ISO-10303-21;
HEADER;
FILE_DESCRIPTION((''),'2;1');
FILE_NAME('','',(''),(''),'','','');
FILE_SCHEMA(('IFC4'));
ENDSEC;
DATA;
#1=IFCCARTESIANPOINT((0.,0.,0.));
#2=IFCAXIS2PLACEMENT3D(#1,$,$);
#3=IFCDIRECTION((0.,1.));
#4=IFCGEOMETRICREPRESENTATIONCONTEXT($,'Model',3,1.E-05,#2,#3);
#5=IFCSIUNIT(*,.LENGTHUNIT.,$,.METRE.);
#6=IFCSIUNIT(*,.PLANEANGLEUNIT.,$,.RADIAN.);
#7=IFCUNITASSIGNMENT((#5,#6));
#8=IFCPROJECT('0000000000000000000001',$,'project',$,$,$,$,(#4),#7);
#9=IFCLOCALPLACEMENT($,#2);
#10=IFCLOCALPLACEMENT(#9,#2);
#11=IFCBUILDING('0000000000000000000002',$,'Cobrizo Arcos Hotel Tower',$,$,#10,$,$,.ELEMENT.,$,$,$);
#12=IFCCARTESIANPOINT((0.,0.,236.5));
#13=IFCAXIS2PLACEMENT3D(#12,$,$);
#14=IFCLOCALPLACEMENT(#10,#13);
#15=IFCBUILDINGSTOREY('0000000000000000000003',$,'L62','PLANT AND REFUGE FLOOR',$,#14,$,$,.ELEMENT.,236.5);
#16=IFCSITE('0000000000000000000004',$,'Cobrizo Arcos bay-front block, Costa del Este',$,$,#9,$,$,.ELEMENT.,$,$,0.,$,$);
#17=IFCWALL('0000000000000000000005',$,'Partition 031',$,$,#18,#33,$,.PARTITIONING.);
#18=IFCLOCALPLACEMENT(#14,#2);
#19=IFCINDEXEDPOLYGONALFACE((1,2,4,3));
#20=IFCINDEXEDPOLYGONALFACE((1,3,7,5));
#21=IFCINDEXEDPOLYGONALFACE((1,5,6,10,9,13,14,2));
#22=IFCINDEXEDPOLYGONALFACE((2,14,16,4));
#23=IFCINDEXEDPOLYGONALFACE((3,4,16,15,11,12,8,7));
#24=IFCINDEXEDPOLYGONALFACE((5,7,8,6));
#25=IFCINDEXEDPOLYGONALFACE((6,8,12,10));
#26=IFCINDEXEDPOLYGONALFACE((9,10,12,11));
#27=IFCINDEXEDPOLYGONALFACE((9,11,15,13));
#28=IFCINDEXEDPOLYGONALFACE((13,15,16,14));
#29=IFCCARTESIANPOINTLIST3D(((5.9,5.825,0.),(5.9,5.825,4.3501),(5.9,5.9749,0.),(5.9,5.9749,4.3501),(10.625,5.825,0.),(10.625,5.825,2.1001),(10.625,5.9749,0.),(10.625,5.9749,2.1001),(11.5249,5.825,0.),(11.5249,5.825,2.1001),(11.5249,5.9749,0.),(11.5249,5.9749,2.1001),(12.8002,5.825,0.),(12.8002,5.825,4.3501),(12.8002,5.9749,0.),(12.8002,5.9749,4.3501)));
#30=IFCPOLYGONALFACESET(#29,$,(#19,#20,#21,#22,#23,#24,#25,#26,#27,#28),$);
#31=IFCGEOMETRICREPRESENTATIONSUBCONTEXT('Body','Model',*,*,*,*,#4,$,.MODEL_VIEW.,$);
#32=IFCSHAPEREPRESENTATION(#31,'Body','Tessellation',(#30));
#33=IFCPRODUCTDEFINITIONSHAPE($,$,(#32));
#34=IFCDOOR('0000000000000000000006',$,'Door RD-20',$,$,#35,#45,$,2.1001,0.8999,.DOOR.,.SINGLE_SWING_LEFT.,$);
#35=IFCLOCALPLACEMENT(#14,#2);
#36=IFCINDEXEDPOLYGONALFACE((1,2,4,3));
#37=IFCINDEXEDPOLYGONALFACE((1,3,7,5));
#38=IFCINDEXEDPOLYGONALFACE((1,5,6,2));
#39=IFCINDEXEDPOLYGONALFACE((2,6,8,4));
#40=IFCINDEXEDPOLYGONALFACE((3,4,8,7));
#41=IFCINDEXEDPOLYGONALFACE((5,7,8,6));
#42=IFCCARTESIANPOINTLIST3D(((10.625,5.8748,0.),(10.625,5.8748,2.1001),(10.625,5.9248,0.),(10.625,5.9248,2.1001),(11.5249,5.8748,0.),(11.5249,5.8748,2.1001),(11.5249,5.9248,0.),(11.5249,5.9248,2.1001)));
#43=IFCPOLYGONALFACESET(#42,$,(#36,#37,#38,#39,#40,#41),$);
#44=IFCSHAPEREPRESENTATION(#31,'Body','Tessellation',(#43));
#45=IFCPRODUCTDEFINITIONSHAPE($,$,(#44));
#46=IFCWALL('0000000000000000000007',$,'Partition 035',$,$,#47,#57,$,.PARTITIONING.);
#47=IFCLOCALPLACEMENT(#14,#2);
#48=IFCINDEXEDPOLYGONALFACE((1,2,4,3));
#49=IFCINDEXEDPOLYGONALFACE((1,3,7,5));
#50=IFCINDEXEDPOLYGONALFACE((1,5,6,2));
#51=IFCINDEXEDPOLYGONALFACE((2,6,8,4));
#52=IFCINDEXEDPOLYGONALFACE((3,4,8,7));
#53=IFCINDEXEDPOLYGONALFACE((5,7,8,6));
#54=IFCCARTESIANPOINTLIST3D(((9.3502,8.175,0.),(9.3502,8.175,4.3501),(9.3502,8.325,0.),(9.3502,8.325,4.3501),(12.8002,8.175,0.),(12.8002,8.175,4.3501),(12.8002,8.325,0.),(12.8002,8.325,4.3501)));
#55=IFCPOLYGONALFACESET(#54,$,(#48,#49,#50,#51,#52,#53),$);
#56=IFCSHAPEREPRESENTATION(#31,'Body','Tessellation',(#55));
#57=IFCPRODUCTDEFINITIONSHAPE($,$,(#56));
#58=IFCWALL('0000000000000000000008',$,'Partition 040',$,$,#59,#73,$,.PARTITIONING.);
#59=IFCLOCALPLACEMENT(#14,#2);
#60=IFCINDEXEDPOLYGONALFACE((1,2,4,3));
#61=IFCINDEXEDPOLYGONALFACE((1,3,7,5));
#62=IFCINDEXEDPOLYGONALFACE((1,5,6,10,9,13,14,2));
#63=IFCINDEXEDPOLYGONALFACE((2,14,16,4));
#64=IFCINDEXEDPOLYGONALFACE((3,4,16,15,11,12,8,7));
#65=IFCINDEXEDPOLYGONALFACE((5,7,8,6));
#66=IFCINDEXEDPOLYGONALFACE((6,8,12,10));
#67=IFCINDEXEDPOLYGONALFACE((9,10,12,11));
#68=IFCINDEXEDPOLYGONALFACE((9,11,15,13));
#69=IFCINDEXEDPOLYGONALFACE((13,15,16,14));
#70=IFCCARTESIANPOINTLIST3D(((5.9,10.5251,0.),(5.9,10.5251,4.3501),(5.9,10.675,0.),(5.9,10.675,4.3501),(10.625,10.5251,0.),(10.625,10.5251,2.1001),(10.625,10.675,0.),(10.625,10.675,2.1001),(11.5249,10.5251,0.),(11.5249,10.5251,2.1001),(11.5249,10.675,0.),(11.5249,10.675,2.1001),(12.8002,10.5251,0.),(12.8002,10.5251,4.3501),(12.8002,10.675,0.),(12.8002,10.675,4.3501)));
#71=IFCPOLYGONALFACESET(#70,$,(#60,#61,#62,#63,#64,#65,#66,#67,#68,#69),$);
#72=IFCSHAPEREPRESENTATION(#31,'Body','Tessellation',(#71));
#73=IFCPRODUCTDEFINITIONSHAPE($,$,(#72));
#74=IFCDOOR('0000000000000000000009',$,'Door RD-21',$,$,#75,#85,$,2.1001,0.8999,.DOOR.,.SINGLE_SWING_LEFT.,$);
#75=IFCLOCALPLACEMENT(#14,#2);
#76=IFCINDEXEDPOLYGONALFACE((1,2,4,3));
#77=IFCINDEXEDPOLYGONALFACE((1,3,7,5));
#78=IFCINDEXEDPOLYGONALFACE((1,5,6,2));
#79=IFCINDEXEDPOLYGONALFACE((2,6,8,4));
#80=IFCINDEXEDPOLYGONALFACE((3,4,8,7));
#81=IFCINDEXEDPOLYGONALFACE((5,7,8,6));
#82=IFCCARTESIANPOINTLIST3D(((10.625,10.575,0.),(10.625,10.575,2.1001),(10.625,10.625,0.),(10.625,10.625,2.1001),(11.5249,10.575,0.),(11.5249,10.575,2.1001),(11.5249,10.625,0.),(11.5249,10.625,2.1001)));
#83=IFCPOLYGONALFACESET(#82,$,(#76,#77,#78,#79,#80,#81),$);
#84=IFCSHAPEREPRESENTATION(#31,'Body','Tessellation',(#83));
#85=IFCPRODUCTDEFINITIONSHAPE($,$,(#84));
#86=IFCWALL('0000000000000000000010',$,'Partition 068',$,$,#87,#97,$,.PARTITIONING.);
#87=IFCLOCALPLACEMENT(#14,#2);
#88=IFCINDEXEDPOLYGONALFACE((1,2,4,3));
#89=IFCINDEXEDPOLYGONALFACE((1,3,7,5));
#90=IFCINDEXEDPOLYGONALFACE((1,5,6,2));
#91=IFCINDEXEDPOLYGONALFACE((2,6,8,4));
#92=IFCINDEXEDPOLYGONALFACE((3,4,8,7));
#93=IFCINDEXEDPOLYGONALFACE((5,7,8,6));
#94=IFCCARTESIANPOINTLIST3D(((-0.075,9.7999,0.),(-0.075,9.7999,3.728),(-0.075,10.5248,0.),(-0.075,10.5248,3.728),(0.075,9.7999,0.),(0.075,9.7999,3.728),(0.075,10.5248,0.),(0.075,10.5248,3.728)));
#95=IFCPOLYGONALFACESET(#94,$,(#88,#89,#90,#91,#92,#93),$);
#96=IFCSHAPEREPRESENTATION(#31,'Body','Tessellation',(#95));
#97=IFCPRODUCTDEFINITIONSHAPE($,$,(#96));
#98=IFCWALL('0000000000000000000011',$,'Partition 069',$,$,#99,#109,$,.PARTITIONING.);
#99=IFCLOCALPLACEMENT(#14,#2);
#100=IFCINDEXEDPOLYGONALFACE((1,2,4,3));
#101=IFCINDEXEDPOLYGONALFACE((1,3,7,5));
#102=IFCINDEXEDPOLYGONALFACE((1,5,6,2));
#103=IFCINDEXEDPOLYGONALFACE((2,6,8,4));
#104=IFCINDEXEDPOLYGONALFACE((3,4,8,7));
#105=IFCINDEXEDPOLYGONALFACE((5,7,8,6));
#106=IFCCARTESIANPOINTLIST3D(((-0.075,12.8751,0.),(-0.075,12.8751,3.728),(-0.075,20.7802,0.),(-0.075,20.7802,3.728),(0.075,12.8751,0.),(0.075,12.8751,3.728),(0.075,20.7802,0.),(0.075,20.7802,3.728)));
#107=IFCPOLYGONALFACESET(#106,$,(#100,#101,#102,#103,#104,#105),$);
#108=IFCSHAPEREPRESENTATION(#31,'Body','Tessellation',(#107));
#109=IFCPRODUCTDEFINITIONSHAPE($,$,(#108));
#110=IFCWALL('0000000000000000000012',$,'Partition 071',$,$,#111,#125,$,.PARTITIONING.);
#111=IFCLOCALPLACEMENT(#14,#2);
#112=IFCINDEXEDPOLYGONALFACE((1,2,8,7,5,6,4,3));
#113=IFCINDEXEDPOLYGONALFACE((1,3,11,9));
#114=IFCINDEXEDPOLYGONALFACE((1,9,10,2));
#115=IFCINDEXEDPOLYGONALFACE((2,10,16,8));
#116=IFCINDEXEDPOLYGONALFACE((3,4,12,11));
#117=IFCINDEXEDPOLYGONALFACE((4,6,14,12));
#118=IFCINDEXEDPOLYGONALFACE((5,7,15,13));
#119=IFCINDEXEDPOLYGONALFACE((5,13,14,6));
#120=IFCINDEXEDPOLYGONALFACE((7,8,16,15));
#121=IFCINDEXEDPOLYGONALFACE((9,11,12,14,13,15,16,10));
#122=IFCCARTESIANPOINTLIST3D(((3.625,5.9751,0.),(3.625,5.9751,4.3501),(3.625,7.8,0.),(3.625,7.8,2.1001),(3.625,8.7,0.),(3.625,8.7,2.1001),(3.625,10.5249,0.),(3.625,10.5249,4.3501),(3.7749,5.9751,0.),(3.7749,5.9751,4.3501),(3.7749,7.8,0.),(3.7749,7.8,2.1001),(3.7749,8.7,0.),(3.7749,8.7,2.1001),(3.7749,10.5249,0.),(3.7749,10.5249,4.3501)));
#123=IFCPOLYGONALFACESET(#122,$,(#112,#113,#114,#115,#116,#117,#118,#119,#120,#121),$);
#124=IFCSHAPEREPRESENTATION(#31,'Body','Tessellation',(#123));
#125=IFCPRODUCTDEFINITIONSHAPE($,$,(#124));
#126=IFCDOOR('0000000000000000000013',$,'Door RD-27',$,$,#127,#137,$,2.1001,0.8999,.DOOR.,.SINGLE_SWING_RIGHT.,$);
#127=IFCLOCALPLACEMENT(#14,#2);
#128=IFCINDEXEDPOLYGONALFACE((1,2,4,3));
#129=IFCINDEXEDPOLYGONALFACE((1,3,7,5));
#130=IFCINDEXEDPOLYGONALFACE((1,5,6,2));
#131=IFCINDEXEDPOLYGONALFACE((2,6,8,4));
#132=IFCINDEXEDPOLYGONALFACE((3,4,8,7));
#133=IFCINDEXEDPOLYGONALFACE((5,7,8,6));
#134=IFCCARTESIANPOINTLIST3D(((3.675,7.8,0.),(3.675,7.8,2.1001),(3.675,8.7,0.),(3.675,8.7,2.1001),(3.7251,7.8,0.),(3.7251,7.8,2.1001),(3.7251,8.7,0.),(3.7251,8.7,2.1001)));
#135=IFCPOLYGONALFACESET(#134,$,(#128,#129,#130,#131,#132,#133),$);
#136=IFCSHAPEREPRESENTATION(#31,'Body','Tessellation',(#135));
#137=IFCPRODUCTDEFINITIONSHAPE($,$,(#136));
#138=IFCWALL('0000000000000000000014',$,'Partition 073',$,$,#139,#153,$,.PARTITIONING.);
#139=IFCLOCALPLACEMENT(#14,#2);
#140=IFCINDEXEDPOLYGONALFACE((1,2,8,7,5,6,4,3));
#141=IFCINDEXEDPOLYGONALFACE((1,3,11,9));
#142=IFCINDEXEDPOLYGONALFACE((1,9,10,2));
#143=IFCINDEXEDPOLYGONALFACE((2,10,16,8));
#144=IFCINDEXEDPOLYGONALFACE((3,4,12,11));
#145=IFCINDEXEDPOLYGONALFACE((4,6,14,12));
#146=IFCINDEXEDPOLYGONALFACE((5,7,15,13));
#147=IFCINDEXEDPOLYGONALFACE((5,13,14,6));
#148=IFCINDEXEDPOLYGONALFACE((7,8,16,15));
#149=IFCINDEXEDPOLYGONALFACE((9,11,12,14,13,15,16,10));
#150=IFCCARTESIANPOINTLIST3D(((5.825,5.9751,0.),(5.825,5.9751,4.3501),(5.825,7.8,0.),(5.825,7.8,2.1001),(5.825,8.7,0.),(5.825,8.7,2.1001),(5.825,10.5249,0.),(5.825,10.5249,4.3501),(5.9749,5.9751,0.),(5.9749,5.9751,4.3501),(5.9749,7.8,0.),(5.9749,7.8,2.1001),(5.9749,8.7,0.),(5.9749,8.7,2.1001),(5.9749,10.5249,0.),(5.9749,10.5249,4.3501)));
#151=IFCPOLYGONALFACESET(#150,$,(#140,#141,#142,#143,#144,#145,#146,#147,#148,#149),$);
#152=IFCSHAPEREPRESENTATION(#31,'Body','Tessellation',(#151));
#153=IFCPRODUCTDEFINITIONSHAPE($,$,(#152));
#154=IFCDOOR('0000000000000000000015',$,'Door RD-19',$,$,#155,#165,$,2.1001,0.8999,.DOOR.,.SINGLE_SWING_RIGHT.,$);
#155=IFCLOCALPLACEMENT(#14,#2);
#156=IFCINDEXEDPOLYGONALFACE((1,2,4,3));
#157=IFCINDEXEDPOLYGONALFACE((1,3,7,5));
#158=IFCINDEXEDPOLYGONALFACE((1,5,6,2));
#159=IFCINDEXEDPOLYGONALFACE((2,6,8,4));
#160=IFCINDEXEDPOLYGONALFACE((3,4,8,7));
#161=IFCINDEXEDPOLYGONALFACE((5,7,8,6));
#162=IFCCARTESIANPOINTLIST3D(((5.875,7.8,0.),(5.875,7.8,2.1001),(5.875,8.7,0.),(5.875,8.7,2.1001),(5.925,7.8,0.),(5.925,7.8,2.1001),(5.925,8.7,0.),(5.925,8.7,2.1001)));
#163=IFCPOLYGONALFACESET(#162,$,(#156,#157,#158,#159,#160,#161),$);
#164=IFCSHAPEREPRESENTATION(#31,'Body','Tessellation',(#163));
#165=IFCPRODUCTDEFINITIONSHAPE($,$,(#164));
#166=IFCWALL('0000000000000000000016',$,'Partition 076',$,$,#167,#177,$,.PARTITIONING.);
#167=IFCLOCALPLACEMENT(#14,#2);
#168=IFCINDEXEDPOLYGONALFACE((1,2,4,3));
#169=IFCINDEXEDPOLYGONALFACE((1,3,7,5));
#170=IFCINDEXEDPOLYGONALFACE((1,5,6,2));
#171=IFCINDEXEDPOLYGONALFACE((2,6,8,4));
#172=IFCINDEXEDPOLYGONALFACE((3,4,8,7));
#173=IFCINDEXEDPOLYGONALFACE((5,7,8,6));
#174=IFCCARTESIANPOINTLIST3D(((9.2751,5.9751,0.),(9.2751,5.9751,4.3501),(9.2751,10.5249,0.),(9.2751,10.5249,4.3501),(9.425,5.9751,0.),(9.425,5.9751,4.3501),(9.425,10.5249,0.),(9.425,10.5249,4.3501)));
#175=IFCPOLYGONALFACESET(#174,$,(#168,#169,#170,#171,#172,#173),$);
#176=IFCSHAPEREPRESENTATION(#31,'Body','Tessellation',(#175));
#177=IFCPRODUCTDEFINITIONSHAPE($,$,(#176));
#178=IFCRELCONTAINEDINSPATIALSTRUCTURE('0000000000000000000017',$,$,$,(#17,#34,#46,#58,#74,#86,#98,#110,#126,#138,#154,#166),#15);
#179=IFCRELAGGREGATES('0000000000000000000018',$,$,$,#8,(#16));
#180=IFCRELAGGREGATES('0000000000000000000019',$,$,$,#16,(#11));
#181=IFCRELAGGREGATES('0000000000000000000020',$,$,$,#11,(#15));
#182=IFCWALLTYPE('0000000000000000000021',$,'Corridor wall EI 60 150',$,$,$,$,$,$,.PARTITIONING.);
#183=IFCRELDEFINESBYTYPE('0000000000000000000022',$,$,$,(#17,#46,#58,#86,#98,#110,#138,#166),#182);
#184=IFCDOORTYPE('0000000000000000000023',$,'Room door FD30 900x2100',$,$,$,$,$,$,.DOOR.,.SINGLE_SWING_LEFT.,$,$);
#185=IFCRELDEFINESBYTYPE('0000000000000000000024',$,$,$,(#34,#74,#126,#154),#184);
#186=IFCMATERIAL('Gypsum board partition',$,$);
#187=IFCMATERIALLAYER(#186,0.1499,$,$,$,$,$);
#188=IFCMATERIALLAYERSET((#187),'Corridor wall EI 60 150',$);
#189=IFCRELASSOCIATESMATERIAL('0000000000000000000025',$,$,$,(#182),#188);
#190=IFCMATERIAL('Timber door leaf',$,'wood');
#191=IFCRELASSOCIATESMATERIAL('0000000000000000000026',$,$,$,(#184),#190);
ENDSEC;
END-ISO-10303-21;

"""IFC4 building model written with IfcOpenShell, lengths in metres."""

from ifc_helpers import new_model, si_unit, direction, frame, frame_2d, origin, place, context, subcontext, project, spatial, rectangle, extrude, material, layer, layer_set, type_object, element, fill, save


model = new_model("IFC4")

# Units and contexts
model_context = context("Model", 3, precision=1e-05, world=origin(), true_north=direction((0.0, 1.0)))
body_context = subcontext(model_context, "Body", "Model", "MODEL_VIEW")
ifc_project = project(units=[si_unit("LENGTHUNIT", "METRE"), si_unit("PLANEANGLEUNIT", "RADIAN")], contexts=[model_context])

# Site, building, storey
site_placement = place(None, origin())
site = spatial("IfcSite", under=ifc_project, at=site_placement, Name="Cobrizo Arcos bay-front block, Costa del Este", CompositionType="ELEMENT", RefElevation=0.0)
building_placement = place(site_placement, origin())
building = spatial("IfcBuilding", under=site, at=building_placement, Name="Cobrizo Arcos Hotel Tower", CompositionType="ELEMENT")
storey_placement = place(building_placement, frame((0.0, 0.0, 236.5)))
storey = spatial("IfcBuildingStorey", under=building, at=storey_placement, Name="L62", Description="PLANT AND REFUGE FLOOR", CompositionType="ELEMENT", Elevation=236.5)

# Wall, opening, door
ifc_material_1 = material(Name="Gypsum board partition")
ifc_layer_1 = layer(ifc_material_1, 0.1499)
ifc_layer_set_1 = layer_set([ifc_layer_1], Name="Corridor wall EI 60 150")
wall_type_1 = type_object("IfcWallType", Name="Corridor wall EI 60 150", PredefinedType="PARTITIONING", material=ifc_layer_set_1)
ifc_material_2 = material(Name="Timber door leaf", Category="wood")
door_type_1 = type_object("IfcDoorType", Name="Room door FD30 900x2100", OperationType="SINGLE_SWING_LEFT", PredefinedType="DOOR", material=ifc_material_2)
wall_1_placement = place(storey_placement, frame((5.8999, 5.8999, 0.0), z_axis=(0.0, 0.0, 1.0), x_axis=(1.0, 0.0, 0.0)))
wall_1 = element("IfcWall", 1, at=wall_1_placement, inside=storey, type_object=wall_type_1, Name="Partition 031", PredefinedType="PARTITIONING", context=body_context, shape_type="SweptSolid", body=[
    extrude(rectangle(XDim=6.9001, YDim=0.1499, at=frame_2d((3.4502, 0.0))), origin(), (0.0, 0.0, 1.0), 4.3501),
])
opening_1_placement = place(wall_1_placement, frame((4.7251, 0.0, 0.0)))
opening_1 = element("IfcOpeningElement", 2, at=opening_1_placement, cuts=wall_1, PredefinedType="OPENING", context=body_context, shape_type="SweptSolid", body=[
    extrude(rectangle(XDim=0.8999, YDim=2.1001, at=frame_2d((0.45, 1.05))), frame((0.0, 0.0869, 0.0), z_axis=(0.0, -1.0, 0.0), x_axis=(1.0, 0.0, 0.0)), (0.0, 0.0, 1.0), 0.1738),
])
door_1_placement = place(opening_1_placement, origin())
door_1 = element("IfcDoor", 3, at=door_1_placement, inside=storey, type_object=door_type_1, Name="Door RD-20", OperationType="SINGLE_SWING_LEFT", OverallHeight=2.1001, OverallWidth=0.8999, PredefinedType="DOOR", context=body_context, shape_type="SweptSolid", body=[
    extrude(rectangle(XDim=0.8999, YDim=2.1001, at=frame_2d((0.45, 1.05))), frame((0.0, 0.0249, 0.0), z_axis=(0.0, -1.0, 0.0), x_axis=(1.0, 0.0, 0.0)), (0.0, 0.0, 1.0), 0.05),
])
fill(opening_1, door_1)

# Wall
wall_2_placement = place(storey_placement, frame((9.3501, 8.25, 0.0), z_axis=(0.0, 0.0, 1.0), x_axis=(1.0, 0.0, 0.0)))
element("IfcWall", 4, at=wall_2_placement, inside=storey, type_object=wall_type_1, Name="Partition 035", PredefinedType="PARTITIONING", context=body_context, shape_type="SweptSolid", body=[
    extrude(rectangle(XDim=3.45, YDim=0.1499, at=frame_2d((1.7251, 0.0))), origin(), (0.0, 0.0, 1.0), 4.3501),
])

# Wall, opening, door
wall_3_placement = place(storey_placement, frame((5.8999, 10.6001, 0.0), z_axis=(0.0, 0.0, 1.0), x_axis=(1.0, 0.0, 0.0)))
wall_3 = element("IfcWall", 5, at=wall_3_placement, inside=storey, type_object=wall_type_1, Name="Partition 040", PredefinedType="PARTITIONING", context=body_context, shape_type="SweptSolid", body=[
    extrude(rectangle(XDim=6.9001, YDim=0.1499, at=frame_2d((3.4502, 0.0))), origin(), (0.0, 0.0, 1.0), 4.3501),
])
opening_2_placement = place(wall_3_placement, frame((4.7251, 0.0, 0.0)))
opening_2 = element("IfcOpeningElement", 6, at=opening_2_placement, cuts=wall_3, PredefinedType="OPENING", context=body_context, shape_type="SweptSolid", body=[
    extrude(rectangle(XDim=0.8999, YDim=2.1001, at=frame_2d((0.45, 1.05))), frame((0.0, 0.0869, 0.0), z_axis=(0.0, -1.0, 0.0), x_axis=(1.0, 0.0, 0.0)), (0.0, 0.0, 1.0), 0.1738),
])
door_2_placement = place(opening_2_placement, origin())
door_2 = element("IfcDoor", 7, at=door_2_placement, inside=storey, type_object=door_type_1, Name="Door RD-21", OperationType="SINGLE_SWING_LEFT", OverallHeight=2.1001, OverallWidth=0.8999, PredefinedType="DOOR", context=body_context, shape_type="SweptSolid", body=[
    extrude(rectangle(XDim=0.8999, YDim=2.1001, at=frame_2d((0.45, 1.05))), frame((0.0, 0.0249, 0.0), z_axis=(0.0, -1.0, 0.0), x_axis=(1.0, 0.0, 0.0)), (0.0, 0.0, 1.0), 0.05),
])
fill(opening_2, door_2)

# Walls
wall_4_placement = place(storey_placement, frame((0.0, 9.8, 0.0), z_axis=(0.0, 0.0, 1.0), x_axis=(0.0, 1.0, 0.0)))
element("IfcWall", 8, at=wall_4_placement, inside=storey, type_object=wall_type_1, Name="Partition 068", PredefinedType="PARTITIONING", context=body_context, shape_type="SweptSolid", body=[
    extrude(rectangle(XDim=0.7249, YDim=0.1499, at=frame_2d((0.3623, 0.0))), origin(), (0.0, 0.0, 1.0), 3.728),
])
wall_5_placement = place(storey_placement, frame((0.0, 12.875, 0.0), z_axis=(0.0, 0.0, 1.0), x_axis=(0.0, 1.0, 0.0)))
element("IfcWall", 9, at=wall_5_placement, inside=storey, type_object=wall_type_1, Name="Partition 069", PredefinedType="PARTITIONING", context=body_context, shape_type="SweptSolid", body=[
    extrude(rectangle(XDim=7.905, YDim=0.1499, at=frame_2d((3.9526, 0.0))), origin(), (0.0, 0.0, 1.0), 3.728),
])

# Walls, openings, doors
wall_6_placement = place(storey_placement, frame((3.7, 5.9751, 0.0), z_axis=(0.0, 0.0, 1.0), x_axis=(0.0, 1.0, 0.0)))
wall_6 = element("IfcWall", 10, at=wall_6_placement, inside=storey, type_object=wall_type_1, Name="Partition 071", PredefinedType="PARTITIONING", context=body_context, shape_type="SweptSolid", body=[
    extrude(rectangle(XDim=4.5498, YDim=0.1499, at=frame_2d((2.2749, 0.0))), origin(), (0.0, 0.0, 1.0), 4.3501),
])
opening_3_placement = place(wall_6_placement, frame((1.825, 0.0, 0.0)))
opening_3 = element("IfcOpeningElement", 11, at=opening_3_placement, cuts=wall_6, PredefinedType="OPENING", context=body_context, shape_type="SweptSolid", body=[
    extrude(rectangle(XDim=0.8999, YDim=2.1001, at=frame_2d((0.45, 1.05))), frame((0.0, 0.0869, 0.0), z_axis=(0.0, -1.0, 0.0), x_axis=(1.0, 0.0, 0.0)), (0.0, 0.0, 1.0), 0.1738),
])
door_3_placement = place(opening_3_placement, origin())
door_3 = element("IfcDoor", 12, at=door_3_placement, inside=storey, type_object=door_type_1, Name="Door RD-27", OperationType="SINGLE_SWING_RIGHT", OverallHeight=2.1001, OverallWidth=0.8999, PredefinedType="DOOR", context=body_context, shape_type="SweptSolid", body=[
    extrude(rectangle(XDim=0.8999, YDim=2.1001, at=frame_2d((0.45, 1.05))), frame((0.0, 0.0249, 0.0), z_axis=(0.0, -1.0, 0.0), x_axis=(1.0, 0.0, 0.0)), (0.0, 0.0, 1.0), 0.05),
])
fill(opening_3, door_3)
wall_7_placement = place(storey_placement, frame((5.8999, 5.9751, 0.0), z_axis=(0.0, 0.0, 1.0), x_axis=(0.0, 1.0, 0.0)))
wall_7 = element("IfcWall", 13, at=wall_7_placement, inside=storey, type_object=wall_type_1, Name="Partition 073", PredefinedType="PARTITIONING", context=body_context, shape_type="SweptSolid", body=[
    extrude(rectangle(XDim=4.5498, YDim=0.1499, at=frame_2d((2.2749, 0.0))), origin(), (0.0, 0.0, 1.0), 4.3501),
])
opening_4_placement = place(wall_7_placement, frame((1.825, 0.0, 0.0)))
opening_4 = element("IfcOpeningElement", 14, at=opening_4_placement, cuts=wall_7, PredefinedType="OPENING", context=body_context, shape_type="SweptSolid", body=[
    extrude(rectangle(XDim=0.8999, YDim=2.1001, at=frame_2d((0.45, 1.05))), frame((0.0, 0.0869, 0.0), z_axis=(0.0, -1.0, 0.0), x_axis=(1.0, 0.0, 0.0)), (0.0, 0.0, 1.0), 0.1738),
])
door_4_placement = place(opening_4_placement, origin())
door_4 = element("IfcDoor", 15, at=door_4_placement, inside=storey, type_object=door_type_1, Name="Door RD-19", OperationType="SINGLE_SWING_RIGHT", OverallHeight=2.1001, OverallWidth=0.8999, PredefinedType="DOOR", context=body_context, shape_type="SweptSolid", body=[
    extrude(rectangle(XDim=0.8999, YDim=2.1001, at=frame_2d((0.45, 1.05))), frame((0.0, 0.0249, 0.0), z_axis=(0.0, -1.0, 0.0), x_axis=(1.0, 0.0, 0.0)), (0.0, 0.0, 1.0), 0.05),
])
fill(opening_4, door_4)

# Wall
wall_8_placement = place(storey_placement, frame((9.3501, 5.9751, 0.0), z_axis=(0.0, 0.0, 1.0), x_axis=(0.0, 1.0, 0.0)))
element("IfcWall", 16, at=wall_8_placement, inside=storey, type_object=wall_type_1, Name="Partition 076", PredefinedType="PARTITIONING", context=body_context, shape_type="SweptSolid", body=[
    extrude(rectangle(XDim=4.5498, YDim=0.1499, at=frame_2d((2.2749, 0.0))), origin(), (0.0, 0.0, 1.0), 4.3501),
])

save(model, "model.ifc")
